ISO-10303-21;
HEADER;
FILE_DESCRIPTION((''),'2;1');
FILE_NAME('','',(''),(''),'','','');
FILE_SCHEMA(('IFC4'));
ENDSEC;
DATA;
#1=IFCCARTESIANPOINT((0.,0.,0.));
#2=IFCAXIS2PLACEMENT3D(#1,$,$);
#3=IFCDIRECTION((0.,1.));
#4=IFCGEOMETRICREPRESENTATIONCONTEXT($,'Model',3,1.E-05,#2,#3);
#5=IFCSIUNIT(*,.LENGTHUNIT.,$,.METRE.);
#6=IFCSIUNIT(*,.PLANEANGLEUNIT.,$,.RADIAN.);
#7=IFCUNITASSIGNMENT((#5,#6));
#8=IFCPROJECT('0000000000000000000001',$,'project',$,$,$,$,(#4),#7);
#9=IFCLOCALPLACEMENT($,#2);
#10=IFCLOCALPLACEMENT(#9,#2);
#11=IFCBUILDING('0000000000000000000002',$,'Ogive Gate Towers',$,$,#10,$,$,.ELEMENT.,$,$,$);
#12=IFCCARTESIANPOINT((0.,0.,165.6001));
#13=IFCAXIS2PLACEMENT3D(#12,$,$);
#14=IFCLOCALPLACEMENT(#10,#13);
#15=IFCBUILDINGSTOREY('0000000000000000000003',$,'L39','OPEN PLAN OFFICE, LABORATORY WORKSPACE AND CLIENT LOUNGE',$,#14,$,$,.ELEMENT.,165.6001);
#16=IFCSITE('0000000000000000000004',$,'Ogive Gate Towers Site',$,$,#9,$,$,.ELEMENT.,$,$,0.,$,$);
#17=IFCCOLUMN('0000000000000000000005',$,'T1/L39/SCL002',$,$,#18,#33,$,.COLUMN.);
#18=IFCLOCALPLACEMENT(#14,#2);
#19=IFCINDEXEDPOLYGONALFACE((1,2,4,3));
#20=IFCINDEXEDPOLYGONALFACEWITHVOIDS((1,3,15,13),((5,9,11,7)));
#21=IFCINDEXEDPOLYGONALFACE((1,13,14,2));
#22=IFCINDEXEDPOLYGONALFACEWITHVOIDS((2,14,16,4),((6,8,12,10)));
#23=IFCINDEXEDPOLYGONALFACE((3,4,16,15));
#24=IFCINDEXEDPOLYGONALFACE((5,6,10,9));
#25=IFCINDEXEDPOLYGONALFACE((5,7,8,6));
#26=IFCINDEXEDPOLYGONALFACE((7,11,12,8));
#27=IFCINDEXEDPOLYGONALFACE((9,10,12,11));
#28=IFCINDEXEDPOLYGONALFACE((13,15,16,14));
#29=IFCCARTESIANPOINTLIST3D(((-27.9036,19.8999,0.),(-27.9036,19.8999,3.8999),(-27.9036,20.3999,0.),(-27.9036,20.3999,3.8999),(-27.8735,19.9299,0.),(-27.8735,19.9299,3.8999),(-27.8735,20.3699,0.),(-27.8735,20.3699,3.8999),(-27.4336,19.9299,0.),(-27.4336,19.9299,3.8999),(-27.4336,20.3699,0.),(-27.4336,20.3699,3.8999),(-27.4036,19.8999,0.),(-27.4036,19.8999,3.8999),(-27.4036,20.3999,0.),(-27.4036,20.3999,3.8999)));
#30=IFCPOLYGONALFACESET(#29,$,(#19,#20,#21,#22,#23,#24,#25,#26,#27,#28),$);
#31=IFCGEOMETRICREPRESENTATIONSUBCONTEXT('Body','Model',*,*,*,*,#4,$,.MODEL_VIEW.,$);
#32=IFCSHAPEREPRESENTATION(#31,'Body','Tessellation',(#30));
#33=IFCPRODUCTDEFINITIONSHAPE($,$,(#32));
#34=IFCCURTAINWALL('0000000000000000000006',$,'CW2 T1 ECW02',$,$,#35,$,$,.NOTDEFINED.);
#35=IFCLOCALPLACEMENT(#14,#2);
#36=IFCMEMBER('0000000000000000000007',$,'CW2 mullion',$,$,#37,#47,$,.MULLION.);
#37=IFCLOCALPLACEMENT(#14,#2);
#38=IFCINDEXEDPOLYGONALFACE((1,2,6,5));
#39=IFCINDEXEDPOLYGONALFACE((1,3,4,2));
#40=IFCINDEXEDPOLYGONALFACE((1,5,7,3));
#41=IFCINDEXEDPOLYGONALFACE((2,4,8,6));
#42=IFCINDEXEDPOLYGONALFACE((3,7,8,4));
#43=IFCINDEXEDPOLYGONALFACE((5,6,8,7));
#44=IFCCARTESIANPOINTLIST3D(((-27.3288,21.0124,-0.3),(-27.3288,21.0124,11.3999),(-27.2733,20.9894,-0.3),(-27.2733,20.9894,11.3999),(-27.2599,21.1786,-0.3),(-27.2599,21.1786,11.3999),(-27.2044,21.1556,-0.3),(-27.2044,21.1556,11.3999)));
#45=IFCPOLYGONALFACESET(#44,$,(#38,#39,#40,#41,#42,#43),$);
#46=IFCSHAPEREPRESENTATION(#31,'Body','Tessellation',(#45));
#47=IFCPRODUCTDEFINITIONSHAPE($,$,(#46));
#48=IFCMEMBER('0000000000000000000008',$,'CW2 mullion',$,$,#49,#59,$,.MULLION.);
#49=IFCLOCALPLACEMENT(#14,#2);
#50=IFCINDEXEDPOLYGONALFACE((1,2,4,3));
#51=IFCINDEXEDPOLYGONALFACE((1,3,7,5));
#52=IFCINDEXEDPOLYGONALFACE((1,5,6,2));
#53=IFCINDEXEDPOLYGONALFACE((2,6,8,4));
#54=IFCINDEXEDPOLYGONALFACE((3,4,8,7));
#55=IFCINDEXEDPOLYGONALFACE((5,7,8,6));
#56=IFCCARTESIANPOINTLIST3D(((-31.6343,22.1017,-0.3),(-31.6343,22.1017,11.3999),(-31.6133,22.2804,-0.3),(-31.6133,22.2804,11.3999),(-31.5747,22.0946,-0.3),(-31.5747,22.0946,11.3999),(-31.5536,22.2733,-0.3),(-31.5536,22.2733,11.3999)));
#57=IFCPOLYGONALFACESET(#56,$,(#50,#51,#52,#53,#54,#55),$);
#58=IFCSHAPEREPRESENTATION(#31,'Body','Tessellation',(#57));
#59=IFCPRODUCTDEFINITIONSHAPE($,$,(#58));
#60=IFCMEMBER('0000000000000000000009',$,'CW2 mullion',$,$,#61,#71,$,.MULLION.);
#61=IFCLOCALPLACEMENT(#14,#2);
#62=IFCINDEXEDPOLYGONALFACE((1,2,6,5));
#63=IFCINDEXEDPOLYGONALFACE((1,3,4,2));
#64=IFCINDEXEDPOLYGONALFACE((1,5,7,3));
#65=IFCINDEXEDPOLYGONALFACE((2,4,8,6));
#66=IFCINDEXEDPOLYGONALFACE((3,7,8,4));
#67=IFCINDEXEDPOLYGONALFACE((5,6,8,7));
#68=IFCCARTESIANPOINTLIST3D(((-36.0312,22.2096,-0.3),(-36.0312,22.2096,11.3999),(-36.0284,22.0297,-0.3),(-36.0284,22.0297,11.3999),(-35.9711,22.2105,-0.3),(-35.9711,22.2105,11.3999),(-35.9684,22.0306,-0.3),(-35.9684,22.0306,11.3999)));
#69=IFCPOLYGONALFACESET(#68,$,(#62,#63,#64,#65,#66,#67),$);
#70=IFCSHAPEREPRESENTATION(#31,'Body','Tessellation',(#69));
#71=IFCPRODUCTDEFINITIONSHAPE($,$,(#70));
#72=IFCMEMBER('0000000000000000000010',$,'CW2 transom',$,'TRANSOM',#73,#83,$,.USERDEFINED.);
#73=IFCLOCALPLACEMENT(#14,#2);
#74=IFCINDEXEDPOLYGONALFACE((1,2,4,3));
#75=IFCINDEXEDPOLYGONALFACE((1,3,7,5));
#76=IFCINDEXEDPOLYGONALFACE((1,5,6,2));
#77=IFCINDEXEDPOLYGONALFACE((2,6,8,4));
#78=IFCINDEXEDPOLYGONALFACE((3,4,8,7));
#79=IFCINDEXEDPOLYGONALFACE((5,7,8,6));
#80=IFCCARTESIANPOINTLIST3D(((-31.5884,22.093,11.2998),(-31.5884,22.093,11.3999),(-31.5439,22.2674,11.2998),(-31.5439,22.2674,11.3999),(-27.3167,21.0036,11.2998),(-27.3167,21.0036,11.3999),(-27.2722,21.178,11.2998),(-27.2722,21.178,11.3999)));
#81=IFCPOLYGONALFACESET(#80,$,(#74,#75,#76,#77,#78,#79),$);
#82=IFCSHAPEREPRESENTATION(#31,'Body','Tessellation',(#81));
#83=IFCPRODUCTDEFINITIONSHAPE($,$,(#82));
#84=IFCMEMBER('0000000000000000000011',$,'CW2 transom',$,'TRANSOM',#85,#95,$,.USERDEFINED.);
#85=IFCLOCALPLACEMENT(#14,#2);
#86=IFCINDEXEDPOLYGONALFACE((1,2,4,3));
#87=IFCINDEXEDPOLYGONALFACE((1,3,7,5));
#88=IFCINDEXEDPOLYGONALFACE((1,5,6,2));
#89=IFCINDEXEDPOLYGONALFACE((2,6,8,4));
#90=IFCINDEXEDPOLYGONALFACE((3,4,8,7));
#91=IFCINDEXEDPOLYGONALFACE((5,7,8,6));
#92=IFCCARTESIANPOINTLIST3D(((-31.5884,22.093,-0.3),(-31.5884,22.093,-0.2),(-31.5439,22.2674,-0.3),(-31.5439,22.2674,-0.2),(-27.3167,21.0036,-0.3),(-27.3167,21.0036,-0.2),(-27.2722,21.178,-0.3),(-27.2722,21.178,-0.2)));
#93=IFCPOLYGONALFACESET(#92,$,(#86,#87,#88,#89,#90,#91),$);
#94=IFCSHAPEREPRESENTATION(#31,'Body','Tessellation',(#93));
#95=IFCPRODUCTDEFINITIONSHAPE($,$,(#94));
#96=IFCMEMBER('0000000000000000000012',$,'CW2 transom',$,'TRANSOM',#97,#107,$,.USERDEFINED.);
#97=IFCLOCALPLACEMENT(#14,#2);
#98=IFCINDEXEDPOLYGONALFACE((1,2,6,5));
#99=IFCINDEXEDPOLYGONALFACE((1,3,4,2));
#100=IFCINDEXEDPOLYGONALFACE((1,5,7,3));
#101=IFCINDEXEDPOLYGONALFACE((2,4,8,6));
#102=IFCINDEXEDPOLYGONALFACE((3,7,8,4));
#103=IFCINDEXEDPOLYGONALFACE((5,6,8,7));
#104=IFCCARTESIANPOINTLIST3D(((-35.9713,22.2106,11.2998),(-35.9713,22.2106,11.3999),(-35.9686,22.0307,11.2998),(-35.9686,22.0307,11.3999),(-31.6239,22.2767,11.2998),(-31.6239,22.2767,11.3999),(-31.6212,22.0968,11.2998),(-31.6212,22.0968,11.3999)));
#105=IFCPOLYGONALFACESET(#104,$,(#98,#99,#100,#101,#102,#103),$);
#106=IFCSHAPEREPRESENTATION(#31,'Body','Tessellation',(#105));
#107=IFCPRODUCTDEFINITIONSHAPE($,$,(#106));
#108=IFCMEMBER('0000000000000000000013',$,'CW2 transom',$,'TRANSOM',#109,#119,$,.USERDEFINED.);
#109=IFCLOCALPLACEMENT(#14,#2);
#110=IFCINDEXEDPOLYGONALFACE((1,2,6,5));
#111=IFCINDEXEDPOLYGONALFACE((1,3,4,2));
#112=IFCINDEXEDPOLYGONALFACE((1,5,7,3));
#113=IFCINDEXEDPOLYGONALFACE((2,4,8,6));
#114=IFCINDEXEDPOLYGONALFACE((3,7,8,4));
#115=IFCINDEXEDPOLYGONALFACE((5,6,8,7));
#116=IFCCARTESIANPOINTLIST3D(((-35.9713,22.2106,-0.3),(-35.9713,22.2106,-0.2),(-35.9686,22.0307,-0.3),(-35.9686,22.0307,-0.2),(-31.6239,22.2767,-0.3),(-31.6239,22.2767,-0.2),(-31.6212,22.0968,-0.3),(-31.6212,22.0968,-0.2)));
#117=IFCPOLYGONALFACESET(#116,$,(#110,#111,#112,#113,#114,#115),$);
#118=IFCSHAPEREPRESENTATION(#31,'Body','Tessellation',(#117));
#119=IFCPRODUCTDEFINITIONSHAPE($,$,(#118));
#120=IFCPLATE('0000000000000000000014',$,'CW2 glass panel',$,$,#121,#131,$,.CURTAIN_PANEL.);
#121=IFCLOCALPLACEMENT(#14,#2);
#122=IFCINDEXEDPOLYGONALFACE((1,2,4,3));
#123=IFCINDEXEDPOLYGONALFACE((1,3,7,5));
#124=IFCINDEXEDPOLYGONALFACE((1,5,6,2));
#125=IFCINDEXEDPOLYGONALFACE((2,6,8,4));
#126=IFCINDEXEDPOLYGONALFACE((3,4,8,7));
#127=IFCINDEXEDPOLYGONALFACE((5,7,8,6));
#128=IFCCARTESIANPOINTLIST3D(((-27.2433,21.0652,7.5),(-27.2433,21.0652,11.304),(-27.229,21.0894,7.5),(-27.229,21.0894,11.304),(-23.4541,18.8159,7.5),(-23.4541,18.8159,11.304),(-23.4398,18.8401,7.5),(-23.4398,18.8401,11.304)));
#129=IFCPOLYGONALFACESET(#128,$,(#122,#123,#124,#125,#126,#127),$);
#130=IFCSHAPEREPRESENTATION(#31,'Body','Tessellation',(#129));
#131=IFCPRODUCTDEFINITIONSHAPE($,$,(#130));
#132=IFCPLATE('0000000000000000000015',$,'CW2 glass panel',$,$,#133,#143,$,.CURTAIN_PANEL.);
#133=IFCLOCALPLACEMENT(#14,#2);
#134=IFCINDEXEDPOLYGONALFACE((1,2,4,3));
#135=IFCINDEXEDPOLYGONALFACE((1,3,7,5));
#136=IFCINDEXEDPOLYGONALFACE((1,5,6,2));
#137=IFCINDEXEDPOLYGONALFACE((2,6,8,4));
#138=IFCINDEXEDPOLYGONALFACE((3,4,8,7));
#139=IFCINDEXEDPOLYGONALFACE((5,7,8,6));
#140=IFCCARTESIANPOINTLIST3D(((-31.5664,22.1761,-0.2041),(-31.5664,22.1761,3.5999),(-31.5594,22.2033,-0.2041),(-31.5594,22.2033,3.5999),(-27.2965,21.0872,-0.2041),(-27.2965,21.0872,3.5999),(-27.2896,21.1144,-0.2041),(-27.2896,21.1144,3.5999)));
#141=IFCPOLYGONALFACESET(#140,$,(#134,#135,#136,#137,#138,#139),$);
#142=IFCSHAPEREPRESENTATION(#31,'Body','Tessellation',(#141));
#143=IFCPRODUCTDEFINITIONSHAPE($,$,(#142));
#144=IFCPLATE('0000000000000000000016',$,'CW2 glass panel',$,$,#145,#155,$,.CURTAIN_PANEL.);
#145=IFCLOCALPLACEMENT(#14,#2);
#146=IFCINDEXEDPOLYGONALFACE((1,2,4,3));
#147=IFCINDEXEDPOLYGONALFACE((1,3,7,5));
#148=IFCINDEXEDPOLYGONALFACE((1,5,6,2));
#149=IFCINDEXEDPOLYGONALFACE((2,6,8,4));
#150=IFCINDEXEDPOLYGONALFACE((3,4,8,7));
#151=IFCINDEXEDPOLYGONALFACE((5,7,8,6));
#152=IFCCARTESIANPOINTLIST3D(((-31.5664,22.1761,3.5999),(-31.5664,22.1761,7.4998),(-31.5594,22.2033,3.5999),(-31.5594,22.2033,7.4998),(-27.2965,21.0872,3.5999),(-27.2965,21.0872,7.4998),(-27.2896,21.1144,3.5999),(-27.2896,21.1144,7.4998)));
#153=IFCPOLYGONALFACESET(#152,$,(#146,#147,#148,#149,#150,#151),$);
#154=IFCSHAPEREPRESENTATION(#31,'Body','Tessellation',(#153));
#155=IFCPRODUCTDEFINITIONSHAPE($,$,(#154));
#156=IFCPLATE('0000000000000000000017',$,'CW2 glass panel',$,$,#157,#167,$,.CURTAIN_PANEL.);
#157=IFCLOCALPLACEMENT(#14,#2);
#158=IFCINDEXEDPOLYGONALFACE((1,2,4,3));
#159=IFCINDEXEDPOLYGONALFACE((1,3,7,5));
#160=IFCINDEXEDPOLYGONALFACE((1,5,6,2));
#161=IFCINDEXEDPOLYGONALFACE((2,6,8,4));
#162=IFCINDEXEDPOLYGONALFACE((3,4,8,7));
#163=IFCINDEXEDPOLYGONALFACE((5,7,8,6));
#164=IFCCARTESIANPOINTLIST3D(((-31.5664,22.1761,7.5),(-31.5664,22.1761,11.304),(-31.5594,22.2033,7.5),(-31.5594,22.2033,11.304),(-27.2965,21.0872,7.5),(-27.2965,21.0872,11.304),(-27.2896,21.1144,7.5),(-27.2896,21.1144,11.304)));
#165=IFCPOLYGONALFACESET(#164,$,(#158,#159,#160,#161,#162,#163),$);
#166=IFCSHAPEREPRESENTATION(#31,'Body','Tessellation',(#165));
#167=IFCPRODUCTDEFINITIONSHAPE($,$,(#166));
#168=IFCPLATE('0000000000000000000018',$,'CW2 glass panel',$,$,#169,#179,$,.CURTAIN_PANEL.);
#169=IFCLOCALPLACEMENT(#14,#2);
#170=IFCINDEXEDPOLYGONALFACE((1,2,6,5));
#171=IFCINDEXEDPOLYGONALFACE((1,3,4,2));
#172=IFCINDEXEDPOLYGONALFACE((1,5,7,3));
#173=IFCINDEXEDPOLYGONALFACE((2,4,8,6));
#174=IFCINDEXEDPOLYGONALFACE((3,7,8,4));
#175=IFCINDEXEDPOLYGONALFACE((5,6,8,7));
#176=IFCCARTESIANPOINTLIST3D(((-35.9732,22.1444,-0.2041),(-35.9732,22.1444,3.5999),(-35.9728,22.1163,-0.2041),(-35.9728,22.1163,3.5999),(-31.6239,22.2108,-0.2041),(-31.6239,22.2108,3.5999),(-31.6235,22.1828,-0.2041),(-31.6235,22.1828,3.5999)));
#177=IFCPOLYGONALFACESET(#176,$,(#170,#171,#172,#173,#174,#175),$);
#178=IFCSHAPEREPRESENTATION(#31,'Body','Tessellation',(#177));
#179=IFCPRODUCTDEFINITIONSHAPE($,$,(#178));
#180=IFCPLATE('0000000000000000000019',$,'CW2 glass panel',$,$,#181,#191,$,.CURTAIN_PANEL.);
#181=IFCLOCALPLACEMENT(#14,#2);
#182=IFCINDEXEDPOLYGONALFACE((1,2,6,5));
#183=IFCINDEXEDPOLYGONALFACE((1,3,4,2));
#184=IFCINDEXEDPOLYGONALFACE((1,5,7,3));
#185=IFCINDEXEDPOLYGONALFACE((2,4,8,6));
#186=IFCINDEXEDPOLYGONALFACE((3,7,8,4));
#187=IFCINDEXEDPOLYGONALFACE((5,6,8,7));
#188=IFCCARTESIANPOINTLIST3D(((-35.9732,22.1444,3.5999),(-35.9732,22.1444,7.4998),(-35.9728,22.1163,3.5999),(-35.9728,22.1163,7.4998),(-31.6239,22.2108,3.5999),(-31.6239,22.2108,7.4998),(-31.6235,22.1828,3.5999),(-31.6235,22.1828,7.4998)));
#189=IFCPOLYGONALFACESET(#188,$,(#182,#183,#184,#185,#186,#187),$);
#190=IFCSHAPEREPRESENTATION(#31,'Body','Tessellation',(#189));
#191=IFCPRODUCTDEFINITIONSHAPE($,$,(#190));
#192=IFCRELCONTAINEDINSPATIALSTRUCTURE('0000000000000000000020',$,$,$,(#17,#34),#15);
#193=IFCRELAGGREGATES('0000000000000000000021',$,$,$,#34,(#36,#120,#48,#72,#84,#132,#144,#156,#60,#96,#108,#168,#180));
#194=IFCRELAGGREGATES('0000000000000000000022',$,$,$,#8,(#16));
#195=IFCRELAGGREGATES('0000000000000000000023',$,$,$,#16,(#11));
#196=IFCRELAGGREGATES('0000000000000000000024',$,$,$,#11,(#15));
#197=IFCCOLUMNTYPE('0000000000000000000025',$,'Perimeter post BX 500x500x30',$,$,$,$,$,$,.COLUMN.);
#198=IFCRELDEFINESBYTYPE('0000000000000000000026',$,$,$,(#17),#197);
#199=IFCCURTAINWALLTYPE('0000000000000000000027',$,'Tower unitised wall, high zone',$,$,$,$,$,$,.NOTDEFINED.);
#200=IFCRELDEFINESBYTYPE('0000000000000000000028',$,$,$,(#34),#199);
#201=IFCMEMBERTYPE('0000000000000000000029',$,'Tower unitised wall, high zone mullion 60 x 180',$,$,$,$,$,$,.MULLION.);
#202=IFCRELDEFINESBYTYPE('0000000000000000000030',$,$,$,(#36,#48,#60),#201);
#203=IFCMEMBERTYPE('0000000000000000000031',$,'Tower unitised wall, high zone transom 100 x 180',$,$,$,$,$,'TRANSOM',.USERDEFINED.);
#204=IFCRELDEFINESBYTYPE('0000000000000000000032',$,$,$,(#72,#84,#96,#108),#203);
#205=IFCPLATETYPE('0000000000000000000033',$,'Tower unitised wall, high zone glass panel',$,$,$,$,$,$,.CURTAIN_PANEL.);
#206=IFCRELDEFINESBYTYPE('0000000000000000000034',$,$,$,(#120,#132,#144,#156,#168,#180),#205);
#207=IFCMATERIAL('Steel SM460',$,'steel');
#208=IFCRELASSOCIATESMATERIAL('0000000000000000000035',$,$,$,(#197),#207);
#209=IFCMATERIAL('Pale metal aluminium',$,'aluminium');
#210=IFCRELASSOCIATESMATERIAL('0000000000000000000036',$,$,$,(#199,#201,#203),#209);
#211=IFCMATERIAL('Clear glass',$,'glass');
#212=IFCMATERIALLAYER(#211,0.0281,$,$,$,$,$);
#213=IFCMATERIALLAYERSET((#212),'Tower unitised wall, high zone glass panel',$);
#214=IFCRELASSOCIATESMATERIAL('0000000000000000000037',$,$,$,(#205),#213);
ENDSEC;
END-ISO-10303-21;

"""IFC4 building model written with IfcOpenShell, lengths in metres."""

from ifc_helpers import new_model, si_unit, direction, frame, origin, origin_2d, place, context, subcontext, project, spatial, rectangle, hollow_rectangle, extrude, material, layer, layer_set, material_profile, profile_set, type_object, element, aggregate, save


model = new_model("IFC4")

# Units and contexts
model_context = context("Model", 3, precision=1e-05, world=origin(), true_north=direction((0.0, 1.0)))
body_context = subcontext(model_context, "Body", "Model", "MODEL_VIEW")
ifc_project = project(units=[si_unit("LENGTHUNIT", "METRE"), si_unit("PLANEANGLEUNIT", "RADIAN")], contexts=[model_context])

# Site, building, storey
site_placement = place(None, origin())
site = spatial("IfcSite", under=ifc_project, at=site_placement, Name="Ogive Gate Towers Site", CompositionType="ELEMENT", RefElevation=0.0)
building_placement = place(site_placement, origin())
building = spatial("IfcBuilding", under=site, at=building_placement, Name="Ogive Gate Towers", CompositionType="ELEMENT")
storey_placement = place(building_placement, frame((0.0, 0.0, 165.6001)))
storey = spatial("IfcBuildingStorey", under=building, at=storey_placement, Name="L39", Description="OPEN PLAN OFFICE, LABORATORY WORKSPACE AND CLIENT LOUNGE", CompositionType="ELEMENT", Elevation=165.6001)

# Column
ifc_material_1 = material(Name="Steel SM460", Category="steel")
ifc_material_profile_1 = material_profile(ifc_material_1, hollow_rectangle(XDim=0.5, YDim=0.5, WallThickness=0.03, at=origin_2d()), Name="BX 500x500x30")
ifc_profile_set_1 = profile_set([ifc_material_profile_1], Name="Steel SM460")
column_type = type_object("IfcColumnType", Name="Perimeter post BX 500x500x30", PredefinedType="COLUMN", material=ifc_profile_set_1)
column_placement = place(storey_placement, frame((-27.6536, 20.1499, 0.0), z_axis=(0.0, 0.0, 1.0), x_axis=(1.0, 0.0, 0.0)))
element("IfcColumn", 1, at=column_placement, inside=storey, type_object=column_type, Name="T1/L39/SCL002", PredefinedType="COLUMN", context=body_context, shape_type="SweptSolid", body=[
    extrude(hollow_rectangle(XDim=0.5, YDim=0.5, WallThickness=0.03, at=origin_2d()), origin(), (0.0, 0.0, 1.0), 3.8999),
])

# Curtain wall, members, plates
ifc_material_2 = material(Name="Pale metal aluminium", Category="aluminium")
curtain_wall_type = type_object("IfcCurtainWallType", Name="Tower unitised wall, high zone", PredefinedType="NOTDEFINED", material=ifc_material_2)
curtain_wall_placement = place(storey_placement, origin())
curtain_wall = element("IfcCurtainWall", 2, at=curtain_wall_placement, inside=storey, type_object=curtain_wall_type, Name="CW2 T1 ECW02", PredefinedType="NOTDEFINED")
ifc_material_profile_2 = material_profile(ifc_material_2, rectangle(XDim=0.1799, YDim=0.0601, at=origin_2d()), Name="60 x 180 aluminium box")
ifc_profile_set_2 = profile_set([ifc_material_profile_2], Name="Pale metal aluminium")
member_type_1 = type_object("IfcMemberType", Name="Tower unitised wall, high zone mullion 60 x 180", PredefinedType="MULLION", material=ifc_profile_set_2)
member_1_placement = place(storey_placement, frame((-27.2666, 21.084, -0.3), z_axis=(0.0, 0.0, 1.0), x_axis=(0.382683, 0.92388, 0.0)))
member_1 = element("IfcMember", 3, at=member_1_placement, type_object=member_type_1, Name="CW2 mullion", PredefinedType="MULLION", context=body_context, shape_type="SweptSolid", body=[
    extrude(rectangle(XDim=0.1799, YDim=0.0601, at=origin_2d()), origin(), (0.0, 0.0, 1.0), 11.7),
])
member_2_placement = place(storey_placement, frame((-31.594, 22.1875, -0.3), z_axis=(0.0, 0.0, 1.0), x_axis=(0.116948, 0.993138, 0.0)))
member_2 = element("IfcMember", 4, at=member_2_placement, type_object=member_type_1, Name="CW2 mullion", PredefinedType="MULLION", context=body_context, shape_type="SweptSolid", body=[
    extrude(rectangle(XDim=0.1799, YDim=0.0601, at=origin_2d()), origin(), (0.0, 0.0, 1.0), 11.7),
])
member_3_placement = place(storey_placement, frame((-35.9998, 22.1201, -0.3), z_axis=(0.0, 0.0, 1.0), x_axis=(-0.015271, 0.999883, 0.0)))
member_3 = element("IfcMember", 5, at=member_3_placement, type_object=member_type_1, Name="CW2 mullion", PredefinedType="MULLION", context=body_context, shape_type="SweptSolid", body=[
    extrude(rectangle(XDim=0.1799, YDim=0.0601, at=origin_2d()), origin(), (0.0, 0.0, 1.0), 11.7),
])
ifc_material_profile_3 = material_profile(ifc_material_2, rectangle(XDim=0.1799, YDim=0.1001, at=origin_2d()), Name="100 x 180 aluminium box")
ifc_profile_set_3 = profile_set([ifc_material_profile_3], Name="Pale metal aluminium")
member_type_2 = type_object("IfcMemberType", Name="Tower unitised wall, high zone transom 100 x 180", ElementType="TRANSOM", PredefinedType="USERDEFINED", material=ifc_profile_set_3)
member_4_placement = place(storey_placement, frame((-27.2944, 21.0908, 11.3499), z_axis=(-0.968988, 0.247107, 0.0), x_axis=(-0.247107, -0.968988, 0.0)))
member_4 = element("IfcMember", 6, at=member_4_placement, type_object=member_type_2, Name="CW2 transom", ObjectType="TRANSOM", PredefinedType="USERDEFINED", context=body_context, shape_type="SweptSolid", body=[
    extrude(rectangle(XDim=0.1799, YDim=0.1001, at=origin_2d()), origin(), (0.0, 0.0, 1.0), 4.4084),
])
member_5_placement = place(storey_placement, frame((-27.2944, 21.0908, -0.25), z_axis=(-0.968988, 0.247107, 0.0), x_axis=(-0.247107, -0.968988, 0.0)))
member_5 = element("IfcMember", 7, at=member_5_placement, type_object=member_type_2, Name="CW2 transom", ObjectType="TRANSOM", PredefinedType="USERDEFINED", context=body_context, shape_type="SweptSolid", body=[
    extrude(rectangle(XDim=0.1799, YDim=0.1001, at=origin_2d()), origin(), (0.0, 0.0, 1.0), 4.4084),
])
member_6_placement = place(storey_placement, frame((-31.6226, 22.1868, 11.3499), z_axis=(-0.999884, -0.015217, 0.0), x_axis=(0.015217, -0.999884, 0.0)))
member_6 = element("IfcMember", 8, at=member_6_placement, type_object=member_type_2, Name="CW2 transom", ObjectType="TRANSOM", PredefinedType="USERDEFINED", context=body_context, shape_type="SweptSolid", body=[
    extrude(rectangle(XDim=0.1799, YDim=0.1001, at=origin_2d()), origin(), (0.0, 0.0, 1.0), 4.3479),
])
member_7_placement = place(storey_placement, frame((-31.6226, 22.1868, -0.25), z_axis=(-0.999884, -0.015217, 0.0), x_axis=(0.015217, -0.999884, 0.0)))
member_7 = element("IfcMember", 9, at=member_7_placement, type_object=member_type_2, Name="CW2 transom", ObjectType="TRANSOM", PredefinedType="USERDEFINED", context=body_context, shape_type="SweptSolid", body=[
    extrude(rectangle(XDim=0.1799, YDim=0.1001, at=origin_2d()), origin(), (0.0, 0.0, 1.0), 4.3479),
])
ifc_material_3 = material(Name="Clear glass", Category="glass")
ifc_layer_1 = layer(ifc_material_3, 0.0281)
ifc_layer_set_1 = layer_set([ifc_layer_1], Name="Tower unitised wall, high zone glass panel")
plate_type = type_object("IfcPlateType", Name="Tower unitised wall, high zone glass panel", PredefinedType="CURTAIN_PANEL", material=ifc_layer_set_1)
plate_1_placement = place(storey_placement, frame((-25.3416, 19.9526, 7.5), z_axis=(0.0, 0.0, 1.0), x_axis=(-0.859906, 0.510453, 0.0)))
plate_1 = element("IfcPlate", 10, at=plate_1_placement, type_object=plate_type, Name="CW2 glass panel", PredefinedType="CURTAIN_PANEL", context=body_context, shape_type="SweptSolid", body=[
    extrude(rectangle(XDim=4.4065, YDim=0.0281, at=origin_2d()), origin(), (0.0, 0.0, 1.0), 3.804),
])
plate_2_placement = place(storey_placement, frame((-29.428, 21.6453, -0.2041), z_axis=(0.0, 0.0, 1.0), x_axis=(-0.96899, 0.2471, 0.0)))
plate_2 = element("IfcPlate", 11, at=plate_2_placement, type_object=plate_type, Name="CW2 glass panel", PredefinedType="CURTAIN_PANEL", context=body_context, shape_type="SweptSolid", body=[
    extrude(rectangle(XDim=4.4065, YDim=0.0281, at=origin_2d()), origin(), (0.0, 0.0, 1.0), 3.804),
])
plate_3_placement = place(storey_placement, frame((-29.428, 21.6453, 3.5999), z_axis=(0.0, 0.0, 1.0), x_axis=(-0.96899, 0.2471, 0.0)))
plate_3 = element("IfcPlate", 12, at=plate_3_placement, type_object=plate_type, Name="CW2 glass panel", PredefinedType="CURTAIN_PANEL", context=body_context, shape_type="SweptSolid", body=[
    extrude(rectangle(XDim=4.4065, YDim=0.0281, at=origin_2d()), origin(), (0.0, 0.0, 1.0), 3.8999),
])
plate_4_placement = place(storey_placement, frame((-29.428, 21.6453, 7.5), z_axis=(0.0, 0.0, 1.0), x_axis=(-0.96899, 0.2471, 0.0)))
plate_4 = element("IfcPlate", 13, at=plate_4_placement, type_object=plate_type, Name="CW2 glass panel", PredefinedType="CURTAIN_PANEL", context=body_context, shape_type="SweptSolid", body=[
    extrude(rectangle(XDim=4.4065, YDim=0.0281, at=origin_2d()), origin(), (0.0, 0.0, 1.0), 3.804),
])
plate_5_placement = place(storey_placement, frame((-33.7983, 22.1636, -0.2041), z_axis=(0.0, 0.0, 1.0), x_axis=(-0.999883, -0.015271, 0.0)))
plate_5 = element("IfcPlate", 14, at=plate_5_placement, type_object=plate_type, Name="CW2 glass panel", PredefinedType="CURTAIN_PANEL", context=body_context, shape_type="SweptSolid", body=[
    extrude(rectangle(XDim=4.3499, YDim=0.0281, at=origin_2d()), origin(), (0.0, 0.0, 1.0), 3.804),
])
plate_6_placement = place(storey_placement, frame((-33.7983, 22.1636, 3.5999), z_axis=(0.0, 0.0, 1.0), x_axis=(-0.999883, -0.015271, 0.0)))
plate_6 = element("IfcPlate", 15, at=plate_6_placement, type_object=plate_type, Name="CW2 glass panel", PredefinedType="CURTAIN_PANEL", context=body_context, shape_type="SweptSolid", body=[
    extrude(rectangle(XDim=4.3499, YDim=0.0281, at=origin_2d()), origin(), (0.0, 0.0, 1.0), 3.8999),
])
aggregate(curtain_wall, [member_1, plate_1, member_2, member_4, member_5, plate_2, plate_3, plate_4, member_3, member_6, member_7, plate_5, plate_6])

save(model, "model.ifc")
